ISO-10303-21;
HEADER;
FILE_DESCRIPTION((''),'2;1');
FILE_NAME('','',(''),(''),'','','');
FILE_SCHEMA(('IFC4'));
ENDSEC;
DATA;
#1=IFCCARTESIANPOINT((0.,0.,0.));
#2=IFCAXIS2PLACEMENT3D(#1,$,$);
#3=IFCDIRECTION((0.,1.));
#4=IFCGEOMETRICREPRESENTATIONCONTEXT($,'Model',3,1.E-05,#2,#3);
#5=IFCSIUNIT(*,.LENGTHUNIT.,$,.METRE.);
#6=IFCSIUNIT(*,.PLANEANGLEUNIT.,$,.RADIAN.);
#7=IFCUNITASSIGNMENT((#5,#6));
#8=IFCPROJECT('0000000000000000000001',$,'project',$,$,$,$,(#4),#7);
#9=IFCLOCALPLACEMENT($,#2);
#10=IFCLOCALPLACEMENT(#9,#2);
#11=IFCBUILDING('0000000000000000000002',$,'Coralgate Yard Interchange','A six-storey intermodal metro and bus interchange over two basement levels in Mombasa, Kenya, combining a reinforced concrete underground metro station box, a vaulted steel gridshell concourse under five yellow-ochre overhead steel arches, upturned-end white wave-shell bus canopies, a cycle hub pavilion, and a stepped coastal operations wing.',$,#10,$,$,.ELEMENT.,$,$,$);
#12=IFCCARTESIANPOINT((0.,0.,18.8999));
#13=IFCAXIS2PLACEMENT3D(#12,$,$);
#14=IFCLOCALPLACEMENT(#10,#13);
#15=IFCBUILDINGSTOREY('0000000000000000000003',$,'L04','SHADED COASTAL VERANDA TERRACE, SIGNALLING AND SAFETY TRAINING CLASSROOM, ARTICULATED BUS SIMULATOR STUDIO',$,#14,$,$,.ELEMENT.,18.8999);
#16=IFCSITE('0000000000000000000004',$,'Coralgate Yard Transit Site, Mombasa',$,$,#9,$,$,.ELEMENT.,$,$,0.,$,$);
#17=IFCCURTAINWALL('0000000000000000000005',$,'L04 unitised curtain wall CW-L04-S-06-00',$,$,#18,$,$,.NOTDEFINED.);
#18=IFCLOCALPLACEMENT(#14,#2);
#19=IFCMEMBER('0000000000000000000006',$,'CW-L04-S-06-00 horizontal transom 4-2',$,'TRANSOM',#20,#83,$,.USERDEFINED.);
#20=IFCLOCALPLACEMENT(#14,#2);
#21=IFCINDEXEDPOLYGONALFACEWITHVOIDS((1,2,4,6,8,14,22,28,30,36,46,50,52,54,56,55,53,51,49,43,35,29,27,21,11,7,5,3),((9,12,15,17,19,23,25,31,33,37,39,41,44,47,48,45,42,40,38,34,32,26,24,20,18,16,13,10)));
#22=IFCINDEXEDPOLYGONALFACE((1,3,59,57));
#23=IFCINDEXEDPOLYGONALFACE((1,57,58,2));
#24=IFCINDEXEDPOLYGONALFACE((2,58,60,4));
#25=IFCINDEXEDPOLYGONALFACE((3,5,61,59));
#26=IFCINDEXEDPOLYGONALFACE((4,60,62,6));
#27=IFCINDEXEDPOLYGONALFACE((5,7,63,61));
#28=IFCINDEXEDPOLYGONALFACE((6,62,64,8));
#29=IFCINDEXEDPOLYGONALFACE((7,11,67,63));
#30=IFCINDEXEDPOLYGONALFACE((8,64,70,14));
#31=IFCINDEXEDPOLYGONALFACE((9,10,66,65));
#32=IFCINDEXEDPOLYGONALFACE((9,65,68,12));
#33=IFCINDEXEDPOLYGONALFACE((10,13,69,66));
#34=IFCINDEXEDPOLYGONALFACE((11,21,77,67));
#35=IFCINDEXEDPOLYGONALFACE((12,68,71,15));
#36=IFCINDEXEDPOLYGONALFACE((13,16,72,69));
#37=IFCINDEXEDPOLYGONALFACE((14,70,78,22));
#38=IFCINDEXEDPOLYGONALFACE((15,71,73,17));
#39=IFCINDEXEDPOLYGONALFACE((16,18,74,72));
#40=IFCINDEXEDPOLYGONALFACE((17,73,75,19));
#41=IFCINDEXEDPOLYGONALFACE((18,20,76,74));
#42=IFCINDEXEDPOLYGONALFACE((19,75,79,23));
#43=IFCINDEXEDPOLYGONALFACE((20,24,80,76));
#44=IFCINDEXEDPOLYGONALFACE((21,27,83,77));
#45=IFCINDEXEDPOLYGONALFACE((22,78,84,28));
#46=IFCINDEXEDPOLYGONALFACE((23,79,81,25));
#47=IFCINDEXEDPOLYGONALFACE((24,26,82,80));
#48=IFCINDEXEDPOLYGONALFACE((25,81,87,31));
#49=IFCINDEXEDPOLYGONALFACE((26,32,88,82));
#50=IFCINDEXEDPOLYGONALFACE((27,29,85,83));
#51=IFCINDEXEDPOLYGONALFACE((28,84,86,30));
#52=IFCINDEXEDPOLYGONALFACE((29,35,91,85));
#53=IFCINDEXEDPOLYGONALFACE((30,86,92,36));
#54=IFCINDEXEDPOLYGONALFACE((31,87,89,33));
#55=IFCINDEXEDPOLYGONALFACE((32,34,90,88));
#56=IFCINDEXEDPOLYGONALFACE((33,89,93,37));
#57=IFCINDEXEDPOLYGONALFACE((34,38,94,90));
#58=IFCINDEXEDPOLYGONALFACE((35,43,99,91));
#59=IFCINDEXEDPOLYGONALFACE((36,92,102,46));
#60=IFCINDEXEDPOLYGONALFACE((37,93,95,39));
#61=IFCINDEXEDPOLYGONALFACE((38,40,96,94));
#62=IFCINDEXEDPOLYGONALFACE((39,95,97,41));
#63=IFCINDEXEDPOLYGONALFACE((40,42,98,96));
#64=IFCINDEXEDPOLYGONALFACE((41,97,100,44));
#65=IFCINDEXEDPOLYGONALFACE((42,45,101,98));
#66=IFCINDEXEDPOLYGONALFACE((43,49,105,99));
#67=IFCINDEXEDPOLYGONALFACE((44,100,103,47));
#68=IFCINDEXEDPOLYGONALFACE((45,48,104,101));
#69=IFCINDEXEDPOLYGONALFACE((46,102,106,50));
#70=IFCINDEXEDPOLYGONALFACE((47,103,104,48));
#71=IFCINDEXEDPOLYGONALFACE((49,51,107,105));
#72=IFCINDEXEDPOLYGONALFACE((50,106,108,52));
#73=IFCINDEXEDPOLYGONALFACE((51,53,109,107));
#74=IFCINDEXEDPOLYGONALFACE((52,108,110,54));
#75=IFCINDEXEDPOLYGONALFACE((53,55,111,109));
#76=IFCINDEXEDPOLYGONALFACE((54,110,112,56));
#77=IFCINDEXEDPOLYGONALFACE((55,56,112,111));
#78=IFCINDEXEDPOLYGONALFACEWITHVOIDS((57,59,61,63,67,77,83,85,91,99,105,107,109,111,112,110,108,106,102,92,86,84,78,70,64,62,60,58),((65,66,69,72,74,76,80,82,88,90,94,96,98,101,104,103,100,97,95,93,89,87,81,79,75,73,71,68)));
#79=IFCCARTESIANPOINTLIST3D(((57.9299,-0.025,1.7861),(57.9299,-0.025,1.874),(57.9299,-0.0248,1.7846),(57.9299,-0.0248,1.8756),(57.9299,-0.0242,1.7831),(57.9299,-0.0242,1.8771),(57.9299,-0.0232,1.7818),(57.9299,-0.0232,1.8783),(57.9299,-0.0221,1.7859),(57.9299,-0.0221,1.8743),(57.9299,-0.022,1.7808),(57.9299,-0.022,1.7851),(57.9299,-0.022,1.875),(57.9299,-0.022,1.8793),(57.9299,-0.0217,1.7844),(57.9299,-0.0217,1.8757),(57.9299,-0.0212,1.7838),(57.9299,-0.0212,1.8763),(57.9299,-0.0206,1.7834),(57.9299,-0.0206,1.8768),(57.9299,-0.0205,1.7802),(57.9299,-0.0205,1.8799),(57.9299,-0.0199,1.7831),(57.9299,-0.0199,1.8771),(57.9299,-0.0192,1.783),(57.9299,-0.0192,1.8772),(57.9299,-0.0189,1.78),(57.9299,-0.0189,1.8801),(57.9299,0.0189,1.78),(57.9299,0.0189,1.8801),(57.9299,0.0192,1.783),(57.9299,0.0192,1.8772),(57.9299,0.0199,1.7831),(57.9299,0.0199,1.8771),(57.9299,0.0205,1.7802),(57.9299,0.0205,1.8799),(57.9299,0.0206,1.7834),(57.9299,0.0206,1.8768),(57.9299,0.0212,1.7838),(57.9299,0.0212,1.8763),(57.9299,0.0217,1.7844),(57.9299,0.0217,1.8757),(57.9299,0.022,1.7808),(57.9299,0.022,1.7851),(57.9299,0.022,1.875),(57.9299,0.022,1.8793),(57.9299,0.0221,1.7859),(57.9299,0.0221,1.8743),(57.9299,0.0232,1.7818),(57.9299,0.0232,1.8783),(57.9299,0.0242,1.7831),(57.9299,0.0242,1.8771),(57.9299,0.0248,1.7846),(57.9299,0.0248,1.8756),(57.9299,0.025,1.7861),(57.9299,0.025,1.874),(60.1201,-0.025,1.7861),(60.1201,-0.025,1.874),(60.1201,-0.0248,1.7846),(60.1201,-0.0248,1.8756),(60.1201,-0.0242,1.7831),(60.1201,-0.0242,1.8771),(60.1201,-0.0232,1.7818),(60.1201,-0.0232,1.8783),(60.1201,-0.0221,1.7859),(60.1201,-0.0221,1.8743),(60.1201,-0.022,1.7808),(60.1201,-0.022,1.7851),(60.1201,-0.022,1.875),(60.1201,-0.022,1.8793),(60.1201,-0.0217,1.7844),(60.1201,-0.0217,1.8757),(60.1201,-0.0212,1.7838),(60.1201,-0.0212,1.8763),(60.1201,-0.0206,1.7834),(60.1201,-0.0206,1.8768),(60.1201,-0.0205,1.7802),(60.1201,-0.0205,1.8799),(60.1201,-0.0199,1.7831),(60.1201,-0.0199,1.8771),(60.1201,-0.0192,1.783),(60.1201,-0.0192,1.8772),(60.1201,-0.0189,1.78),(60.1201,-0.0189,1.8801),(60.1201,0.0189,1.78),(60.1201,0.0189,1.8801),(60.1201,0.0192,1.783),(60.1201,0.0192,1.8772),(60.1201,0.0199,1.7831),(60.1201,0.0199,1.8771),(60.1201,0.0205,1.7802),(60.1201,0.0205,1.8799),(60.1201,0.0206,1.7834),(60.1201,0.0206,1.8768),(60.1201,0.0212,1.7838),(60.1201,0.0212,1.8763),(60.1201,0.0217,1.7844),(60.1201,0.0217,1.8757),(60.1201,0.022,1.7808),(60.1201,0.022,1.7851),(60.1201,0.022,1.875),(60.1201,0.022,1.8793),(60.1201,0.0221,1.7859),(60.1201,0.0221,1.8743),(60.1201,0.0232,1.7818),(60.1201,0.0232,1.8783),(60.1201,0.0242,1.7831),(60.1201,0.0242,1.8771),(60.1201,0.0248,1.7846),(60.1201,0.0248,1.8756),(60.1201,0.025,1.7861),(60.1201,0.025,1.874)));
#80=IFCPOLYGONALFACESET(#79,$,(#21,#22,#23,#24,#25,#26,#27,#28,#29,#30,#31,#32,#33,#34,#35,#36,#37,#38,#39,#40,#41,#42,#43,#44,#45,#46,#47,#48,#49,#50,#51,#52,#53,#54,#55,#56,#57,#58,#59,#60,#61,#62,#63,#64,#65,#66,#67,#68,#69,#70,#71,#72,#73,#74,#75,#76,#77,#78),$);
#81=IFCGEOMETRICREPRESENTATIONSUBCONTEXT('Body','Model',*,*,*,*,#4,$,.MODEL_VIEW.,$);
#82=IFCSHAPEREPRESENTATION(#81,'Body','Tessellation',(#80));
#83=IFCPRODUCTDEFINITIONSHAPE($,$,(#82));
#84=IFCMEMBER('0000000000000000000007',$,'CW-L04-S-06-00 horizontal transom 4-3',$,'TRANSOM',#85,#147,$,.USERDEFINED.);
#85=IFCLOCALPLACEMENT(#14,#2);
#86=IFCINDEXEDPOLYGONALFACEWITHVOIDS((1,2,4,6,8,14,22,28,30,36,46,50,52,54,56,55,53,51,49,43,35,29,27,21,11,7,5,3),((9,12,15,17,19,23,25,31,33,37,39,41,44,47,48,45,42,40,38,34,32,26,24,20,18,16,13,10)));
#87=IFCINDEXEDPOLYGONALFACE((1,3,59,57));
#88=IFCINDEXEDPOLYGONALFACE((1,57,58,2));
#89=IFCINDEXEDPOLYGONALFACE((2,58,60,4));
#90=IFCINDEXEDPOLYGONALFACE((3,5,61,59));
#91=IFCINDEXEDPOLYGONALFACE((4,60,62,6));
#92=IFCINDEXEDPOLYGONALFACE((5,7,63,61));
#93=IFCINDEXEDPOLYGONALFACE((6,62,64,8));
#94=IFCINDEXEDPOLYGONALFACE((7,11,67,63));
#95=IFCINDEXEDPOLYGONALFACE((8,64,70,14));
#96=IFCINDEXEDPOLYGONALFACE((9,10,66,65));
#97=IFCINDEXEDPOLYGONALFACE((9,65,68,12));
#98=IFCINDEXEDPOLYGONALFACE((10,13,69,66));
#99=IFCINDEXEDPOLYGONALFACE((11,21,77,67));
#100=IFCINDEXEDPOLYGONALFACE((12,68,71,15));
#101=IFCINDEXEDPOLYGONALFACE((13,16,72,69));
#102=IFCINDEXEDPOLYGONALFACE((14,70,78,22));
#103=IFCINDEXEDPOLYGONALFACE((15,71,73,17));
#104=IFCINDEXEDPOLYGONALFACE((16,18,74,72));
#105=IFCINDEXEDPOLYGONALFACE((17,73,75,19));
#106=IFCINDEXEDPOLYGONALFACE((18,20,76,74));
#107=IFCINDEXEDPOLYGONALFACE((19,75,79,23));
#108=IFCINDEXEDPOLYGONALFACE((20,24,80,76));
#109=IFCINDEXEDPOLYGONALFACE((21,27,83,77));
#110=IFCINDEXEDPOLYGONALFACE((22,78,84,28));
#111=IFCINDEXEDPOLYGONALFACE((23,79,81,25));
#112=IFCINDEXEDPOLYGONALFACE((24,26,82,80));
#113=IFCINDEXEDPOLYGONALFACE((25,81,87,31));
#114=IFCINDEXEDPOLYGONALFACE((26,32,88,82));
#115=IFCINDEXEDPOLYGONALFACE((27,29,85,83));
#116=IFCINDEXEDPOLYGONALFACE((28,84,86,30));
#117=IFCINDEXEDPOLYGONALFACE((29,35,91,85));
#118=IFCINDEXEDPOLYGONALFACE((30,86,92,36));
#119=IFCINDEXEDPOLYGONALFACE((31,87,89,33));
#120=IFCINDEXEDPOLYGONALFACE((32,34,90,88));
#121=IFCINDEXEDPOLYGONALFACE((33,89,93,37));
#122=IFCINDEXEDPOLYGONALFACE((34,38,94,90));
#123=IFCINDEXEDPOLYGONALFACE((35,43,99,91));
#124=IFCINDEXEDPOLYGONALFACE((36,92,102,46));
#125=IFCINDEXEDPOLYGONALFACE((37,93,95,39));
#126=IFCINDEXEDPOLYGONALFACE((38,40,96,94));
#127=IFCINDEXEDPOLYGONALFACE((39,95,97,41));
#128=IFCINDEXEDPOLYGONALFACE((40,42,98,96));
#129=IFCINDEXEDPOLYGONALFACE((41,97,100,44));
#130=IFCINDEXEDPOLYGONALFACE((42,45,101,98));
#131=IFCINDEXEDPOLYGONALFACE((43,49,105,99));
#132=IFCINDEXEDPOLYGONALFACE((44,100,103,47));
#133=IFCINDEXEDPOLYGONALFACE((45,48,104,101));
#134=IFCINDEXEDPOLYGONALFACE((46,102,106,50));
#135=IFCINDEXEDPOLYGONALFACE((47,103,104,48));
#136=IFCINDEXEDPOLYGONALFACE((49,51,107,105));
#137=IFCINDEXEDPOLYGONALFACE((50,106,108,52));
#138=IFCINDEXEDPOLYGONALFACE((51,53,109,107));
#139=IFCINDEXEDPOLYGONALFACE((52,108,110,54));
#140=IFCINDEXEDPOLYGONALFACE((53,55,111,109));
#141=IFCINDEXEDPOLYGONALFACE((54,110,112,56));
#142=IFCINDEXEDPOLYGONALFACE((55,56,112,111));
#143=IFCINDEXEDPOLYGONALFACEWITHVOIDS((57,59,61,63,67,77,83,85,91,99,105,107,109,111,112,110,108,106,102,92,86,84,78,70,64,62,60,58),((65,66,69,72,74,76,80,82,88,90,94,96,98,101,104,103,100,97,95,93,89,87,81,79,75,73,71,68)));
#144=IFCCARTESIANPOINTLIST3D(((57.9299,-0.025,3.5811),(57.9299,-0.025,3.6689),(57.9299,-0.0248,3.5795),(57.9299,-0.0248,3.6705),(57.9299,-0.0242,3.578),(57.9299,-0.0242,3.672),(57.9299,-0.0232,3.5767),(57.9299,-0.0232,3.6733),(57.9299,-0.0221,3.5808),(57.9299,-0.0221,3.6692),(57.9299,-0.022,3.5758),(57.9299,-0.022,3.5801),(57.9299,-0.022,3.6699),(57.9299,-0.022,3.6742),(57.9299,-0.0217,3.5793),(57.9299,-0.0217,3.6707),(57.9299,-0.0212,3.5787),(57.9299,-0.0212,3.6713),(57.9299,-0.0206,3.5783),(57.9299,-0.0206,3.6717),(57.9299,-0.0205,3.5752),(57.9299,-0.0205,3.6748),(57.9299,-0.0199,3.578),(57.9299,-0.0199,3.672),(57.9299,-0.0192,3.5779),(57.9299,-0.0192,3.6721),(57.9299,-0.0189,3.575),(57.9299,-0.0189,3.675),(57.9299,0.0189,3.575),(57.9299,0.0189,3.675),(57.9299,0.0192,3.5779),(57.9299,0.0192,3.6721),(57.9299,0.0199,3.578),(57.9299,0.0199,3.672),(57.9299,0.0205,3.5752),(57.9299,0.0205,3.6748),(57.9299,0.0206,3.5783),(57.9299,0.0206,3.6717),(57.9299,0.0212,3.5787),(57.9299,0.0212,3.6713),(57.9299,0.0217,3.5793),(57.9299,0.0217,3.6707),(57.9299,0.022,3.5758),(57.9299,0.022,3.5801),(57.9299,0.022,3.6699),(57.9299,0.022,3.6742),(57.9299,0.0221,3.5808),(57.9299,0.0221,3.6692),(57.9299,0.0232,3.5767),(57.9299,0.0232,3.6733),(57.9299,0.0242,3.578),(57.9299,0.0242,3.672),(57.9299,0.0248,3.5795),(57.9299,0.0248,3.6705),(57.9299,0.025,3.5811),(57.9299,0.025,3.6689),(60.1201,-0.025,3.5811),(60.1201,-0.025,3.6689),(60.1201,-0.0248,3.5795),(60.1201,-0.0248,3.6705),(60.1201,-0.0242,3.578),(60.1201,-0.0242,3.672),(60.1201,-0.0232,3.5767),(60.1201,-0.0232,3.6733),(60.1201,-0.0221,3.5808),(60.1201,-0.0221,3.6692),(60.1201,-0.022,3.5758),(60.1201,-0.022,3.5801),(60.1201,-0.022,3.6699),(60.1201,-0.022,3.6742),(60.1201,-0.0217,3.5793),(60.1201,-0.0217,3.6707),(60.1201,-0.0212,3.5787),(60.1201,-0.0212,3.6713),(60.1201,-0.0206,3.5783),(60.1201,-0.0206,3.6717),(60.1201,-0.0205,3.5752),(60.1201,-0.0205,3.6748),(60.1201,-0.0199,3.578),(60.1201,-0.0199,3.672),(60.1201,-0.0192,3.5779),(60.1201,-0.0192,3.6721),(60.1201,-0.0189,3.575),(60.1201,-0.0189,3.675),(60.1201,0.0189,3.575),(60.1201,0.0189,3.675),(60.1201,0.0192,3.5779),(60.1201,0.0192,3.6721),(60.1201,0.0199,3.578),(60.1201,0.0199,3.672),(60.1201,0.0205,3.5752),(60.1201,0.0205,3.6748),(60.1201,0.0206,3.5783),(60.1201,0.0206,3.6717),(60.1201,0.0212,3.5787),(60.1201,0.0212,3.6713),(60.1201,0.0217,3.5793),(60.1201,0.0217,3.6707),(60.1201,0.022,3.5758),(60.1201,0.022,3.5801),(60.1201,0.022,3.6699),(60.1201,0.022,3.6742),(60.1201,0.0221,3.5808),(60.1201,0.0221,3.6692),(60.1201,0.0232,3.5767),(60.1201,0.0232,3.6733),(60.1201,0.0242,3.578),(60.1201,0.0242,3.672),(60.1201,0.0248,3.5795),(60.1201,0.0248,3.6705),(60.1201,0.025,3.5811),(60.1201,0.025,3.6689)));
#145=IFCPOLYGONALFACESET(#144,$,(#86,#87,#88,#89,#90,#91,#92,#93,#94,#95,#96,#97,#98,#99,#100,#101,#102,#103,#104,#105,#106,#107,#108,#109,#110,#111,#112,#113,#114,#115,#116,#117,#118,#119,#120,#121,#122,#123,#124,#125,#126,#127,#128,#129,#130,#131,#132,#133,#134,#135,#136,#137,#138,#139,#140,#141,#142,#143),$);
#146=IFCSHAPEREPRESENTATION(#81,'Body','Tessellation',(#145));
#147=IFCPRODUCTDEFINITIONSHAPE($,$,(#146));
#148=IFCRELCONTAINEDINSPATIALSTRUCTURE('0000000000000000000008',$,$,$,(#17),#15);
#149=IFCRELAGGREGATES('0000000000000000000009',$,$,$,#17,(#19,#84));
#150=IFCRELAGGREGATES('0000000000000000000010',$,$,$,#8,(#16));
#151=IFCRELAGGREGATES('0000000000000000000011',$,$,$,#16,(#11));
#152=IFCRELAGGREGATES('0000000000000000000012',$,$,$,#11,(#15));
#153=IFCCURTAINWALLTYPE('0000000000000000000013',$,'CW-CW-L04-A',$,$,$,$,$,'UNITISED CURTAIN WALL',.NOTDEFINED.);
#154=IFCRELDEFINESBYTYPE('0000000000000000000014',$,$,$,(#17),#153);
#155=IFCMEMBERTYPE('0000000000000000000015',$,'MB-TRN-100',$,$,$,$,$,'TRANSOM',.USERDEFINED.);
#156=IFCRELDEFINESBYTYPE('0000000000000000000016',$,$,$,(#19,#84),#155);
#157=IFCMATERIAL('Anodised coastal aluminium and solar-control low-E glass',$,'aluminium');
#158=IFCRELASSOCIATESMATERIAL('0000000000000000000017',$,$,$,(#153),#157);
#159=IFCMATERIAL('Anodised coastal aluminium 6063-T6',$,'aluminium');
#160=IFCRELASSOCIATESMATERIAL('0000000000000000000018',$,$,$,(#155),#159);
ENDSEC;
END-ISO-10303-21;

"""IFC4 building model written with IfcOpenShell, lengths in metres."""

from ifc_helpers import new_model, si_unit, direction, frame, origin, origin_2d, place, context, subcontext, project, spatial, hollow_rectangle, extrude, material, material_profile, profile_set, type_object, element, aggregate, save


model = new_model("IFC4")

# Units and contexts
model_context = context("Model", 3, precision=1e-05, world=origin(), true_north=direction((0.0, 1.0)))
body_context = subcontext(model_context, "Body", "Model", "MODEL_VIEW")
ifc_project = project(units=[si_unit("LENGTHUNIT", "METRE"), si_unit("PLANEANGLEUNIT", "RADIAN")], contexts=[model_context])

# Site, building, storey
site_placement = place(None, origin())
site = spatial("IfcSite", under=ifc_project, at=site_placement, Name="Coralgate Yard Transit Site, Mombasa", CompositionType="ELEMENT", RefElevation=0.0)
building_placement = place(site_placement, origin())
building = spatial("IfcBuilding", under=site, at=building_placement, Name="Coralgate Yard Interchange", Description="A six-storey intermodal metro and bus interchange over two basement levels in Mombasa, Kenya, combining a reinforced concrete underground metro station box, a vaulted steel gridshell concourse under five yellow-ochre overhead steel arches, upturned-end white wave-shell bus canopies, a cycle hub pavilion, and a stepped coastal operations wing.", CompositionType="ELEMENT")
storey_placement = place(building_placement, frame((0.0, 0.0, 18.8999)))
storey = spatial("IfcBuildingStorey", under=building, at=storey_placement, Name="L04", Description="SHADED COASTAL VERANDA TERRACE, SIGNALLING AND SAFETY TRAINING CLASSROOM, ARTICULATED BUS SIMULATOR STUDIO", CompositionType="ELEMENT", Elevation=18.8999)

# Curtain wall
ifc_material_1 = material(Name="Anodised coastal aluminium and solar-control low-E glass", Category="aluminium")
curtain_wall_type = type_object("IfcCurtainWallType", Name="CW-CW-L04-A", ElementType="UNITISED CURTAIN WALL", PredefinedType="NOTDEFINED", material=ifc_material_1)
curtain_wall_1_placement = place(storey_placement, origin())
curtain_wall_1 = element("IfcCurtainWall", 1, at=curtain_wall_1_placement, inside=storey, type_object=curtain_wall_type, Name="L04 unitised curtain wall CW-L04-S-06-00", PredefinedType="NOTDEFINED")
ifc_material_2 = material(Name="Anodised coastal aluminium 6063-T6", Category="aluminium")

# Members
ifc_material_profile_1 = material_profile(ifc_material_2, hollow_rectangle(XDim=0.05, YDim=0.1001, WallThickness=0.0029, InnerFilletRadius=0.0029, OuterFilletRadius=0.0061, at=origin_2d()), Name="ALU 50x100x3")
ifc_profile_set_1 = profile_set([ifc_material_profile_1], Name="Anodised coastal aluminium 6063-T6")
member_type_1 = type_object("IfcMemberType", Name="MB-TRN-100", ElementType="TRANSOM", PredefinedType="USERDEFINED", material=ifc_profile_set_1)
member_1_placement = place(storey_placement, frame((60.1201, 0.0, 1.8301), z_axis=(-1.0, 0.0, 0.0), x_axis=(0.0, -1.0, 0.0)))
member_1 = element("IfcMember", 2, at=member_1_placement, type_object=member_type_1, Name="CW-L04-S-06-00 horizontal transom 4-2", ObjectType="TRANSOM", PredefinedType="USERDEFINED", context=body_context, shape_type="SweptSolid", body=[
    extrude(hollow_rectangle(XDim=0.05, YDim=0.1001, WallThickness=0.0029, InnerFilletRadius=0.0029, OuterFilletRadius=0.0061, at=origin_2d()), origin(), (0.0, 0.0, 1.0), 2.1902),
])
member_2_placement = place(storey_placement, frame((60.1201, 0.0, 3.625), z_axis=(-1.0, 0.0, 0.0), x_axis=(0.0, -1.0, 0.0)))
member_2 = element("IfcMember", 3, at=member_2_placement, type_object=member_type_1, Name="CW-L04-S-06-00 horizontal transom 4-3", ObjectType="TRANSOM", PredefinedType="USERDEFINED", context=body_context, shape_type="SweptSolid", body=[
    extrude(hollow_rectangle(XDim=0.05, YDim=0.1001, WallThickness=0.0029, InnerFilletRadius=0.0029, OuterFilletRadius=0.0061, at=origin_2d()), origin(), (0.0, 0.0, 1.0), 2.1902),
])

aggregate(curtain_wall_1, [member_1, member_2])

save(model, "model.ifc")
